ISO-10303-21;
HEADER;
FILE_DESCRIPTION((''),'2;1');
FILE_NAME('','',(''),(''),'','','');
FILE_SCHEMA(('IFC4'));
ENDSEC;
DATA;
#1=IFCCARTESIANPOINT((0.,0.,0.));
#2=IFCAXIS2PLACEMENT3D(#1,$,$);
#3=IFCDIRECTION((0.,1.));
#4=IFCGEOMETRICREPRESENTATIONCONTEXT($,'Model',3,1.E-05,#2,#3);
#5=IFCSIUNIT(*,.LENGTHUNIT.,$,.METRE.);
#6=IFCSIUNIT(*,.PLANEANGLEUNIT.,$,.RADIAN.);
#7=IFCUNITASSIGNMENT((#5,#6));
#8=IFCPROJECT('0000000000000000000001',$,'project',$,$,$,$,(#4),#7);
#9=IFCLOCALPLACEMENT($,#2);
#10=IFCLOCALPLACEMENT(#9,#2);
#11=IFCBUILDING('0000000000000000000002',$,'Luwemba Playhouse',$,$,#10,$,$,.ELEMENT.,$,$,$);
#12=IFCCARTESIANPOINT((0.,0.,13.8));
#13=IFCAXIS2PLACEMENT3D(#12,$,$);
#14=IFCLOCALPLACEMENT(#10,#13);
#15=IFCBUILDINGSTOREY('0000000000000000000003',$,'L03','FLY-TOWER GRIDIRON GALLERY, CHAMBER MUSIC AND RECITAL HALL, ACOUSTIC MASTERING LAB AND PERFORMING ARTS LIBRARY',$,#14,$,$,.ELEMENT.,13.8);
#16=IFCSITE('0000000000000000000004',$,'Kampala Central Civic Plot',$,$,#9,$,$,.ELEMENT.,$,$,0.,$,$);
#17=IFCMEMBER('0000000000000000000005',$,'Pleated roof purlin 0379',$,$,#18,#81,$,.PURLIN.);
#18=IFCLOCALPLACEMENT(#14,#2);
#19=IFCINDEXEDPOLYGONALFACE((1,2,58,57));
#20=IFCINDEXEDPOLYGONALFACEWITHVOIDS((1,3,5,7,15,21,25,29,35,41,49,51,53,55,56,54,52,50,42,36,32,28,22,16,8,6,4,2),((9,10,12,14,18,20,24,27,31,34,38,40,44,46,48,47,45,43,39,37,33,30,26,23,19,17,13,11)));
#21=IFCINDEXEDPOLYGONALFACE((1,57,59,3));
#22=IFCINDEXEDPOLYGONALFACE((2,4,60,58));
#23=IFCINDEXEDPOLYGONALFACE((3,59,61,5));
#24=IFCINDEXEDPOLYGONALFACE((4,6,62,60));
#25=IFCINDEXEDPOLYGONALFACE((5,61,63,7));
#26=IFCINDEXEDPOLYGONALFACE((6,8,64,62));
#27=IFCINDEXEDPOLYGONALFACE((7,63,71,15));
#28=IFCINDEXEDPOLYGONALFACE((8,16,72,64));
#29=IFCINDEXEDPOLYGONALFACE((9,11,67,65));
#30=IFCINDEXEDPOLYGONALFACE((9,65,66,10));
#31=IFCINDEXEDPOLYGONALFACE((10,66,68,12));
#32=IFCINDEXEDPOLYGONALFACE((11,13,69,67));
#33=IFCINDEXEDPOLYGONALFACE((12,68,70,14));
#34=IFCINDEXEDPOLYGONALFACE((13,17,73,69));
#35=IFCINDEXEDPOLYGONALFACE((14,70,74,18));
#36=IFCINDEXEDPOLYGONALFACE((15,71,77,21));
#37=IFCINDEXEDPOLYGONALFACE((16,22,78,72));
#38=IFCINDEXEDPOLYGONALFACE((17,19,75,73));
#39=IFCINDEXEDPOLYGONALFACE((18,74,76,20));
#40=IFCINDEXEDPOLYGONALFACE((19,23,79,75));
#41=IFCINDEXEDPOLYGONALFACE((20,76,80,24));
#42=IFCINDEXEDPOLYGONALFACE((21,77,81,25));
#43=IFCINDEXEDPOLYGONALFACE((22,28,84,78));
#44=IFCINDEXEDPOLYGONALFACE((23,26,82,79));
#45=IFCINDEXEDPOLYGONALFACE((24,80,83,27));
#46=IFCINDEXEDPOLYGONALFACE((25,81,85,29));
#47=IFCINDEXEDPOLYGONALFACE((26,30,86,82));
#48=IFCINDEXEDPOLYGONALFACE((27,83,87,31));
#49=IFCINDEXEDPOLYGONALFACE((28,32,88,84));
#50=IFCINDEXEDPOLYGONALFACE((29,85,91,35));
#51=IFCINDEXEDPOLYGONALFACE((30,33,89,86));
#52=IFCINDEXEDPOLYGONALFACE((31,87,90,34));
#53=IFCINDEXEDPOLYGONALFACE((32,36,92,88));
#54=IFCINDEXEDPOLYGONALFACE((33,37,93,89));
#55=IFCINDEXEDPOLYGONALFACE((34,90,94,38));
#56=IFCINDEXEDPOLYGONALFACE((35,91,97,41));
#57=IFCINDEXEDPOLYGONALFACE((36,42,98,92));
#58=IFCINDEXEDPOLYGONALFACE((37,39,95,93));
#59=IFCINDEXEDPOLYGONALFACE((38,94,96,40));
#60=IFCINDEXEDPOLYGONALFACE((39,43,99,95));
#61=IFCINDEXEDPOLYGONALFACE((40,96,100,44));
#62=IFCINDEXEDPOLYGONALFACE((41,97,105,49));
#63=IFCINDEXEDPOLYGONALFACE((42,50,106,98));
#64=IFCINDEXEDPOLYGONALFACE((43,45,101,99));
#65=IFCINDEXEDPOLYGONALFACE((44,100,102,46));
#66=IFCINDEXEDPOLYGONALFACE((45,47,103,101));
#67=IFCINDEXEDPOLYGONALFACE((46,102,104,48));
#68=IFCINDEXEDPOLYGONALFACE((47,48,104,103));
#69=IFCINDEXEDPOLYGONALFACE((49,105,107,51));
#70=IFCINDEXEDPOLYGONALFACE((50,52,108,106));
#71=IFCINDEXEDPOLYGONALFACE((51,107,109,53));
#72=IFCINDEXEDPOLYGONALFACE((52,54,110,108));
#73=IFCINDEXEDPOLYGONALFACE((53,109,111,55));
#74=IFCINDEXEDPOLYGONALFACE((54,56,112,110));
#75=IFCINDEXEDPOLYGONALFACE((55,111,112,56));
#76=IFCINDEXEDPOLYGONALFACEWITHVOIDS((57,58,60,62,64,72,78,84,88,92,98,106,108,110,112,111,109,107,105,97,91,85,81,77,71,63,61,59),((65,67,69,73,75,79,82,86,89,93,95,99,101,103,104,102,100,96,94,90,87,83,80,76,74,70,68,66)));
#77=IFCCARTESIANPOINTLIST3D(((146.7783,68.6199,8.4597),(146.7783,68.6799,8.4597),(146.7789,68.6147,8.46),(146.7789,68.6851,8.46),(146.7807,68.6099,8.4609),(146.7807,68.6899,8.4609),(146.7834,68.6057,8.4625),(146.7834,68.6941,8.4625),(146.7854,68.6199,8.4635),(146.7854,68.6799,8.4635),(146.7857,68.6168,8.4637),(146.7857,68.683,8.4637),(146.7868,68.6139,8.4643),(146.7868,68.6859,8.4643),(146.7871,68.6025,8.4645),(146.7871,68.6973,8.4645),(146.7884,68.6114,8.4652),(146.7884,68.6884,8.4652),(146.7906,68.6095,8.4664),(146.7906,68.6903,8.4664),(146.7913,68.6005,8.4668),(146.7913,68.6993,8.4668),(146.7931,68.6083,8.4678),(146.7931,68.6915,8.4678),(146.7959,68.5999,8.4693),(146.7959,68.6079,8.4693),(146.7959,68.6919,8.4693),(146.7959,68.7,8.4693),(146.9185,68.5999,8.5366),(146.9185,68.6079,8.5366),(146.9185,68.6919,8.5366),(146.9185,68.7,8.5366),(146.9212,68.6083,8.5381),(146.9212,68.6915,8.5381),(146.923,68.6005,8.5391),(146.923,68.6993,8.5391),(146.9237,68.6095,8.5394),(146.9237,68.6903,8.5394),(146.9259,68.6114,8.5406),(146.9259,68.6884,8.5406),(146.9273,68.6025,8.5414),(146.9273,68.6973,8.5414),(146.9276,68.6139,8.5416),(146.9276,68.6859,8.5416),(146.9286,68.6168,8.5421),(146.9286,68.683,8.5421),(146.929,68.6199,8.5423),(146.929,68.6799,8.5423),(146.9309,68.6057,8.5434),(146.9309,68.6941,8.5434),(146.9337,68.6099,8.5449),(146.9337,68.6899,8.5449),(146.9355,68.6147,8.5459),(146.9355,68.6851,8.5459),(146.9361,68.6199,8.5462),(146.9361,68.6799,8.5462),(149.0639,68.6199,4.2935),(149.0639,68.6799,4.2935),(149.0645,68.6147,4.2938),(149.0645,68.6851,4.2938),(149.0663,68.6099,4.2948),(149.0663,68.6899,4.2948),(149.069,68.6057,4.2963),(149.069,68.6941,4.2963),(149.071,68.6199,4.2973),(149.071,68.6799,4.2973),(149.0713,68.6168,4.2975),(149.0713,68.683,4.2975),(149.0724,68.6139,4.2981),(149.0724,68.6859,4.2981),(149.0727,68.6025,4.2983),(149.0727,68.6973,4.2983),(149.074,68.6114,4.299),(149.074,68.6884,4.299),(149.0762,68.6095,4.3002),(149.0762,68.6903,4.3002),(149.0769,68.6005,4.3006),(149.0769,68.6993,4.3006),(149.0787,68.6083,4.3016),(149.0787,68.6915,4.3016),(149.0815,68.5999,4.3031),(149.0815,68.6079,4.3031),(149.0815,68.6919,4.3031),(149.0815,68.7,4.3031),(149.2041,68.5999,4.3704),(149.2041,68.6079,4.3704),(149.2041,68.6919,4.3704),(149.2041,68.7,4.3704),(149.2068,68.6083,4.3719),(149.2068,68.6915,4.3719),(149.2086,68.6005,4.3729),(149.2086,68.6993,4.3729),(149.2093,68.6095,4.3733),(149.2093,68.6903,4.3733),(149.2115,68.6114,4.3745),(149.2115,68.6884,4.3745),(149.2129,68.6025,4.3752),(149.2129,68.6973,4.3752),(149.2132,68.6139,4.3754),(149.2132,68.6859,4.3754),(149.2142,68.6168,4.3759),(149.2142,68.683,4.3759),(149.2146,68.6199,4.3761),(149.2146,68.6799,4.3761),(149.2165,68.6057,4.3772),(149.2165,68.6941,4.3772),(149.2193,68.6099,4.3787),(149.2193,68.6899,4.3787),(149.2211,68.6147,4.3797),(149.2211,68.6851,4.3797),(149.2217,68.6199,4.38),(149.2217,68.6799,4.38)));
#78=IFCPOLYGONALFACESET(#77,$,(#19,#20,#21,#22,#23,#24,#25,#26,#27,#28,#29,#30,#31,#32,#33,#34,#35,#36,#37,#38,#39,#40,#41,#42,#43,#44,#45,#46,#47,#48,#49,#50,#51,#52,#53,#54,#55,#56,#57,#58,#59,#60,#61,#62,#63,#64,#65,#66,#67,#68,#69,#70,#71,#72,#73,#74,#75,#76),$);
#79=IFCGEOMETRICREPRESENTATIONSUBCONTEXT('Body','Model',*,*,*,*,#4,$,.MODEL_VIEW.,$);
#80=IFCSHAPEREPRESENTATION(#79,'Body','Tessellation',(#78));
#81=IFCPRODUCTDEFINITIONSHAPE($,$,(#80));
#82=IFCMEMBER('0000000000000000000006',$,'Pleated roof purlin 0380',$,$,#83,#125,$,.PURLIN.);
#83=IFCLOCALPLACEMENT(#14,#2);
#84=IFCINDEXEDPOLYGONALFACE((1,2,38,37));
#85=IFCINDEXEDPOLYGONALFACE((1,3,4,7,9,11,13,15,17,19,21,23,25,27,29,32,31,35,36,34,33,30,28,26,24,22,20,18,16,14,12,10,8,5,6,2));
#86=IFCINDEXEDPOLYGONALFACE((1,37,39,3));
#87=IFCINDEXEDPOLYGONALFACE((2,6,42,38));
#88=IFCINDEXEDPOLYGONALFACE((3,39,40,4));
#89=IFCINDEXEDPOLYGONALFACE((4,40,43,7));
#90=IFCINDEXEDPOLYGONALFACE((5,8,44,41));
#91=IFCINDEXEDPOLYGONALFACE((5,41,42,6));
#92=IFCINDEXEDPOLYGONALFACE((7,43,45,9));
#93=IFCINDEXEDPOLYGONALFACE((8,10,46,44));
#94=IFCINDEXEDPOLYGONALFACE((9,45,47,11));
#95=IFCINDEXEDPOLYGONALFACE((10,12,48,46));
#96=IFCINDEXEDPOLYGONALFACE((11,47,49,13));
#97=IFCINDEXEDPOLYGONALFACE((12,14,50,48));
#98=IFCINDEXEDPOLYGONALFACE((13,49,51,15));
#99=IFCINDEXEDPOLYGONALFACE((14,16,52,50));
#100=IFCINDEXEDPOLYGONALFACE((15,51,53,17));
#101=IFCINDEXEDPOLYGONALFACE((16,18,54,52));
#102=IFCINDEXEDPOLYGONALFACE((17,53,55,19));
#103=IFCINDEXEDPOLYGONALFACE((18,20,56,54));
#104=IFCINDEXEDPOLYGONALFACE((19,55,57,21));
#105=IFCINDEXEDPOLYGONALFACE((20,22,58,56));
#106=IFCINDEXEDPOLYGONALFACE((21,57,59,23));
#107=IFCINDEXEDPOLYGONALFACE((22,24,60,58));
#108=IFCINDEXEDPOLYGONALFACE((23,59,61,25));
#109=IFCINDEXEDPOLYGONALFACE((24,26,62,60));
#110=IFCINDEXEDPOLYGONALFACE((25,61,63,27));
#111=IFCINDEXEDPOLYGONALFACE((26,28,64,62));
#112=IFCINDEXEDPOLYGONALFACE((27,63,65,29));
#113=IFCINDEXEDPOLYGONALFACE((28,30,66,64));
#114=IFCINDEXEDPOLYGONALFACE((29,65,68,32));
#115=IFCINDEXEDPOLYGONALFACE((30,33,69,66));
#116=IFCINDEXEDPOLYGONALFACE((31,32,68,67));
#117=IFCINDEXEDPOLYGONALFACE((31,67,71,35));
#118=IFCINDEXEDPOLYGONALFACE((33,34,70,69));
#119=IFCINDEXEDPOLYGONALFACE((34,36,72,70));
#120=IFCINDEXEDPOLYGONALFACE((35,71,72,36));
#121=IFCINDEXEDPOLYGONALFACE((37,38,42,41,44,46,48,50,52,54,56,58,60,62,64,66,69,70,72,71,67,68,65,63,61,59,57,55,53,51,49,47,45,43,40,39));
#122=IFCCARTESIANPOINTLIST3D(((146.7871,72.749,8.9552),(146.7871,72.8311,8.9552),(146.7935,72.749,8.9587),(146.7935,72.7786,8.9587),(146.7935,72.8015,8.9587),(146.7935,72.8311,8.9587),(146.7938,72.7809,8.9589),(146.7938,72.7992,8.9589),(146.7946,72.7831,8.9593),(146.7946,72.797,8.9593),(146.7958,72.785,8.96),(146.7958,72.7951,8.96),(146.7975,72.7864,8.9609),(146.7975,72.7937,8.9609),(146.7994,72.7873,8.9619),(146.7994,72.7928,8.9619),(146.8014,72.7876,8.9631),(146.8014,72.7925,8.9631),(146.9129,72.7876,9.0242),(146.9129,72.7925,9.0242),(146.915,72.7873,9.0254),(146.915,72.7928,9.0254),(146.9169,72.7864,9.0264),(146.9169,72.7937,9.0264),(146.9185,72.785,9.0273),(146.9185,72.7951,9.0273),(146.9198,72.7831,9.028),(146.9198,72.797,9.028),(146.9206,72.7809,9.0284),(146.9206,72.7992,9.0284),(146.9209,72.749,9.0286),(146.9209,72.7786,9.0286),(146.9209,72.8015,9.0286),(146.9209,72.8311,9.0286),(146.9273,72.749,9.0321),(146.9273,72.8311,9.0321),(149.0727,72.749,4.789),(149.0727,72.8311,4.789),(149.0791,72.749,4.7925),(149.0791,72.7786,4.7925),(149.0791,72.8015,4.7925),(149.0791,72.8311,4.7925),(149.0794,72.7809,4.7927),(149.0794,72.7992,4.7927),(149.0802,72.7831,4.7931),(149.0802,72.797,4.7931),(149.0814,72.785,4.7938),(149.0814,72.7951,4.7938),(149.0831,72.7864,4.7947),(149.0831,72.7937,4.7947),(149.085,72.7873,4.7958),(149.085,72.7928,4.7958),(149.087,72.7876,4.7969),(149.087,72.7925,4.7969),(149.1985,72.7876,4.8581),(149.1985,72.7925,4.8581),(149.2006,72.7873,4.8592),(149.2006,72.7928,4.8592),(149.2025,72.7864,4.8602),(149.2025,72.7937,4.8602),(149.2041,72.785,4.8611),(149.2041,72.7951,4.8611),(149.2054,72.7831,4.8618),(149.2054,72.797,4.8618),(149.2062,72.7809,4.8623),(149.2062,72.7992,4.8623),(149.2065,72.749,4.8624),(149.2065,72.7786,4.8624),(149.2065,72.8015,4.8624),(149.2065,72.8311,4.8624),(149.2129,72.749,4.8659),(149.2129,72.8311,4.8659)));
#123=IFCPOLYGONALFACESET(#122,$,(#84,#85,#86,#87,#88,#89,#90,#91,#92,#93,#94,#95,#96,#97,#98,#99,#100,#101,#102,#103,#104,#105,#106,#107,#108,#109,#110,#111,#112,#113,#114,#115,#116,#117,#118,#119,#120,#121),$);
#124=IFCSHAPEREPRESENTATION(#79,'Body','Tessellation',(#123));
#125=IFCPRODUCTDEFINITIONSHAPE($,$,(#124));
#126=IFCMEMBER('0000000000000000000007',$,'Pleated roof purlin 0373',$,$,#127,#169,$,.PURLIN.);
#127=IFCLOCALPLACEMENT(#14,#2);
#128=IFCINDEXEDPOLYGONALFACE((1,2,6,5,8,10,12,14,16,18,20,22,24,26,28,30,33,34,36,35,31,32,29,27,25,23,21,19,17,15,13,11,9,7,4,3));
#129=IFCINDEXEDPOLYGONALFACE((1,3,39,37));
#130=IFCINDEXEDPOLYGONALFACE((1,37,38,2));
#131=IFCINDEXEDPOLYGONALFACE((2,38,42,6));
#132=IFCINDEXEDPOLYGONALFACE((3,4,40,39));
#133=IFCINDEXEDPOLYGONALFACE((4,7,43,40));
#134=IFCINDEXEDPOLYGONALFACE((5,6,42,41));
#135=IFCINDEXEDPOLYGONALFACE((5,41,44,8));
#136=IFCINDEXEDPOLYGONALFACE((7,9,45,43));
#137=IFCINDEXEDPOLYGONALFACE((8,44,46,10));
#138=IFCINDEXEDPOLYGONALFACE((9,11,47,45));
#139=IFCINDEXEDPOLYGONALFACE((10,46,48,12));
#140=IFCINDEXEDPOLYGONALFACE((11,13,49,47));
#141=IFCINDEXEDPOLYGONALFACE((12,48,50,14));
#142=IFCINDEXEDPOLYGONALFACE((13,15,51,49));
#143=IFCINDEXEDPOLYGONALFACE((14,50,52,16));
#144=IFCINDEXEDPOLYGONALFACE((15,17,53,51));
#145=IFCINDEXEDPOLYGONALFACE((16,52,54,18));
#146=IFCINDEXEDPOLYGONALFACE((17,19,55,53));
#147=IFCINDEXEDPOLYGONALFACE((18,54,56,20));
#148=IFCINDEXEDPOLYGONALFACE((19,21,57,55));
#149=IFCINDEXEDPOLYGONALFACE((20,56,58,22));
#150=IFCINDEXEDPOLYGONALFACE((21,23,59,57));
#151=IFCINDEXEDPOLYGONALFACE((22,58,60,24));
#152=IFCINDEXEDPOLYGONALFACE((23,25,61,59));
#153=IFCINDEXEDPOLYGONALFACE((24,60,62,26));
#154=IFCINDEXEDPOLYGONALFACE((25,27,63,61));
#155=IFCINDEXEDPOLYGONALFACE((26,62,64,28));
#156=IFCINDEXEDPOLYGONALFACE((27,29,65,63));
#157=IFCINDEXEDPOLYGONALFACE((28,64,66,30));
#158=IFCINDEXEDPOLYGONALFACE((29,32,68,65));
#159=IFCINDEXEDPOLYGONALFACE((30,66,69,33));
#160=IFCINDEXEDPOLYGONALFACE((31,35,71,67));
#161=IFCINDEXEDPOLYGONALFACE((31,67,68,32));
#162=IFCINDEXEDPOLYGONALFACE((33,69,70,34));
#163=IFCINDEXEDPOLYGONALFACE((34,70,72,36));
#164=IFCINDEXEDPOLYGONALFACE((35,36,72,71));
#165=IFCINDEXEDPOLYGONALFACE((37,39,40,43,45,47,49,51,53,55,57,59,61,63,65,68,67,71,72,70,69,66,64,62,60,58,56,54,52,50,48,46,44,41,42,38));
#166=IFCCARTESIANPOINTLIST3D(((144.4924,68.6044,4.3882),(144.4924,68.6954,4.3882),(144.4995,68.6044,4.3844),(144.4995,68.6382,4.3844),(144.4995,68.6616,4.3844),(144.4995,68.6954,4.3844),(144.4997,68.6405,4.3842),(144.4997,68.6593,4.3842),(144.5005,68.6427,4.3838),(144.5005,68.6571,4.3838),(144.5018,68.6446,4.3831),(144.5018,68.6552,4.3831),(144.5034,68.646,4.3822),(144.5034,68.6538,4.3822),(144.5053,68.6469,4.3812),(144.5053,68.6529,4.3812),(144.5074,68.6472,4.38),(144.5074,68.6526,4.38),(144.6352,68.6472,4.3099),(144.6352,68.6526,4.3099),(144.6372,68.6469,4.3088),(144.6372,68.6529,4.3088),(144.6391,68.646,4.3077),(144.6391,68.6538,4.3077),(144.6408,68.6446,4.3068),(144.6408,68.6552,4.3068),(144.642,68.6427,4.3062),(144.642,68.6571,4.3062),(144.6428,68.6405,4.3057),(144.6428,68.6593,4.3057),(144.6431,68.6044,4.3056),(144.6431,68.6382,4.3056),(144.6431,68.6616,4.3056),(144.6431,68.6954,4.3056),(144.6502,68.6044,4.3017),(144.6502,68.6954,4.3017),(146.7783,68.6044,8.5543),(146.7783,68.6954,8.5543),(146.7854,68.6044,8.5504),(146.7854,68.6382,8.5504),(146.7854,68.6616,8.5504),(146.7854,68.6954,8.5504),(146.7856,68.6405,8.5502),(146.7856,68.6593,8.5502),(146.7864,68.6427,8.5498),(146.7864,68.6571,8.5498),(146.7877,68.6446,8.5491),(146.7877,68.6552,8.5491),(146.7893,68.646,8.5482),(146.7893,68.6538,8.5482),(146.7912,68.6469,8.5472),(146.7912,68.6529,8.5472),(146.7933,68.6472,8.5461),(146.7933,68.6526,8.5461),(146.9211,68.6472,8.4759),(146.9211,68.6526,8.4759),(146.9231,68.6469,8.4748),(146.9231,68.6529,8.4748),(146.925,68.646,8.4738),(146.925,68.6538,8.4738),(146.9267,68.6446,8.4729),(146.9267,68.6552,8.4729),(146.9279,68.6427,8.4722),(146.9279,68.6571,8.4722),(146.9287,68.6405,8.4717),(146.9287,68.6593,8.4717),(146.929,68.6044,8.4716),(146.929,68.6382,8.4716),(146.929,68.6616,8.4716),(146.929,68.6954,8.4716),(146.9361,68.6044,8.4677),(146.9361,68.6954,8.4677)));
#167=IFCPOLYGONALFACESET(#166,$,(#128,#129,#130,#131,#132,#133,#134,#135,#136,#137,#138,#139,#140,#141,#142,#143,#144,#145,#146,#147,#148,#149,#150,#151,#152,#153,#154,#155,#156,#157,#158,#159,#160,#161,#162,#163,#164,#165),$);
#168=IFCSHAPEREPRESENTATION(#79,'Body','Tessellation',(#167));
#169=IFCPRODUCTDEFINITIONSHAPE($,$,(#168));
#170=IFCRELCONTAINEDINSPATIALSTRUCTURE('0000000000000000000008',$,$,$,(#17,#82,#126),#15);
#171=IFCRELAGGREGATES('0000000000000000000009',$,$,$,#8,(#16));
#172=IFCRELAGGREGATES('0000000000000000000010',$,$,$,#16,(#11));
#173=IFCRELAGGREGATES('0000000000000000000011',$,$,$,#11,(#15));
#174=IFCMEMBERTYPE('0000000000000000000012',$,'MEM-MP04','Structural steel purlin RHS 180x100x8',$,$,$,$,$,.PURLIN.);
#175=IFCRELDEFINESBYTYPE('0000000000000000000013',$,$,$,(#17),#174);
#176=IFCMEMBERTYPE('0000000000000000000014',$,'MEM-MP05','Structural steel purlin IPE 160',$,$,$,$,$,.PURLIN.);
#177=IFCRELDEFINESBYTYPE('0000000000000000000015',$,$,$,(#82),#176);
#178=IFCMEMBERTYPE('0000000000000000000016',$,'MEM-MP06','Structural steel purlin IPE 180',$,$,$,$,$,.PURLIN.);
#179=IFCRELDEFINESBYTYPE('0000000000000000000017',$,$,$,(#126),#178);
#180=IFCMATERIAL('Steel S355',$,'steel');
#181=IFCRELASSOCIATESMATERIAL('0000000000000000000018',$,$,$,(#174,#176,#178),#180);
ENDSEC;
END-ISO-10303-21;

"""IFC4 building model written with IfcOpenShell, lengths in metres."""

from ifc_helpers import new_model, si_unit, direction, frame, origin, origin_2d, place, context, subcontext, project, spatial, hollow_rectangle, i_section, extrude, material, material_profile, profile_set, type_object, element, save


model = new_model("IFC4")

# Units and contexts
model_context = context("Model", 3, precision=1e-05, world=origin(), true_north=direction((0.0, 1.0)))
body_context = subcontext(model_context, "Body", "Model", "MODEL_VIEW")
ifc_project = project(units=[si_unit("LENGTHUNIT", "METRE"), si_unit("PLANEANGLEUNIT", "RADIAN")], contexts=[model_context])

# Site, building, storey
site_placement = place(None, origin())
site = spatial("IfcSite", under=ifc_project, at=site_placement, Name="Kampala Central Civic Plot", CompositionType="ELEMENT", RefElevation=0.0)
building_placement = place(site_placement, origin())
building = spatial("IfcBuilding", under=site, at=building_placement, Name="Luwemba Playhouse", CompositionType="ELEMENT")
storey_placement = place(building_placement, frame((0.0, 0.0, 13.8)))
storey = spatial("IfcBuildingStorey", under=building, at=storey_placement, Name="L03", Description="FLY-TOWER GRIDIRON GALLERY, CHAMBER MUSIC AND RECITAL HALL, ACOUSTIC MASTERING LAB AND PERFORMING ARTS LIBRARY", CompositionType="ELEMENT", Elevation=13.8)

# Shared definitions
ifc_material_1 = material(Name="Steel S355", Category="steel")

# Members
ifc_material_profile_1 = material_profile(ifc_material_1, hollow_rectangle(XDim=0.1001, YDim=0.1799, WallThickness=0.0081, InnerFilletRadius=0.012, OuterFilletRadius=0.02, at=origin_2d()))
ifc_profile_set_1 = profile_set([ifc_material_profile_1], Name="Steel S355")
member_type_1 = type_object("IfcMemberType", Name="MEM-MP04", Description="Structural steel purlin RHS 180x100x8", PredefinedType="PURLIN", material=ifc_profile_set_1)
member_1_placement = place(storey_placement, frame((146.8572, 68.6499, 8.5029), z_axis=(0.480982, 0.0, -0.876731), x_axis=(0.0, 1.0, 0.0)))
element("IfcMember", 1, at=member_1_placement, inside=storey, type_object=member_type_1, Name="Pleated roof purlin 0379", PredefinedType="PURLIN", context=body_context, shape_type="SweptSolid", body=[
    extrude(hollow_rectangle(XDim=0.1001, YDim=0.1799, WallThickness=0.0081, InnerFilletRadius=0.012, OuterFilletRadius=0.02, at=origin_2d()), origin(), (0.0, 0.0, 1.0), 4.752),
])
ifc_material_profile_2 = material_profile(ifc_material_1, i_section(OverallWidth=0.082, OverallDepth=0.1599, WebThickness=0.0049, FlangeThickness=0.0073, FilletRadius=0.009, at=origin_2d()))
ifc_profile_set_2 = profile_set([ifc_material_profile_2], Name="Steel S355")
member_type_2 = type_object("IfcMemberType", Name="MEM-MP05", Description="Structural steel purlin IPE 160", PredefinedType="PURLIN", material=ifc_profile_set_2)
member_2_placement = place(storey_placement, frame((146.8572, 72.79, 8.9937), z_axis=(0.480982, 0.0, -0.876731), x_axis=(0.0, 1.0, 0.0)))
element("IfcMember", 2, at=member_2_placement, inside=storey, type_object=member_type_2, Name="Pleated roof purlin 0380", PredefinedType="PURLIN", context=body_context, shape_type="SweptSolid", body=[
    extrude(i_section(OverallWidth=0.082, OverallDepth=0.1599, WebThickness=0.0049, FlangeThickness=0.0073, FilletRadius=0.009, at=origin_2d()), origin(), (0.0, 0.0, 1.0), 4.752),
])
ifc_material_profile_3 = material_profile(ifc_material_1, i_section(OverallWidth=0.0911, OverallDepth=0.1799, WebThickness=0.0054, FlangeThickness=0.0081, FilletRadius=0.009, at=origin_2d()))
ifc_profile_set_3 = profile_set([ifc_material_profile_3], Name="Steel S355")
member_type_3 = type_object("IfcMemberType", Name="MEM-MP06", Description="Structural steel purlin IPE 180", PredefinedType="PURLIN", material=ifc_profile_set_3)
member_3_placement = place(storey_placement, frame((144.5713, 68.6499, 4.345), z_axis=(0.481043, 0.0, 0.876697), x_axis=(0.0, 1.0, 0.0)))
element("IfcMember", 3, at=member_3_placement, inside=storey, type_object=member_type_3, Name="Pleated roof purlin 0373", PredefinedType="PURLIN", context=body_context, shape_type="SweptSolid", body=[
    extrude(i_section(OverallWidth=0.0911, OverallDepth=0.1799, WebThickness=0.0054, FlangeThickness=0.0081, FilletRadius=0.009, at=origin_2d()), origin(), (0.0, 0.0, 1.0), 4.752),
])

save(model, "model.ifc")
